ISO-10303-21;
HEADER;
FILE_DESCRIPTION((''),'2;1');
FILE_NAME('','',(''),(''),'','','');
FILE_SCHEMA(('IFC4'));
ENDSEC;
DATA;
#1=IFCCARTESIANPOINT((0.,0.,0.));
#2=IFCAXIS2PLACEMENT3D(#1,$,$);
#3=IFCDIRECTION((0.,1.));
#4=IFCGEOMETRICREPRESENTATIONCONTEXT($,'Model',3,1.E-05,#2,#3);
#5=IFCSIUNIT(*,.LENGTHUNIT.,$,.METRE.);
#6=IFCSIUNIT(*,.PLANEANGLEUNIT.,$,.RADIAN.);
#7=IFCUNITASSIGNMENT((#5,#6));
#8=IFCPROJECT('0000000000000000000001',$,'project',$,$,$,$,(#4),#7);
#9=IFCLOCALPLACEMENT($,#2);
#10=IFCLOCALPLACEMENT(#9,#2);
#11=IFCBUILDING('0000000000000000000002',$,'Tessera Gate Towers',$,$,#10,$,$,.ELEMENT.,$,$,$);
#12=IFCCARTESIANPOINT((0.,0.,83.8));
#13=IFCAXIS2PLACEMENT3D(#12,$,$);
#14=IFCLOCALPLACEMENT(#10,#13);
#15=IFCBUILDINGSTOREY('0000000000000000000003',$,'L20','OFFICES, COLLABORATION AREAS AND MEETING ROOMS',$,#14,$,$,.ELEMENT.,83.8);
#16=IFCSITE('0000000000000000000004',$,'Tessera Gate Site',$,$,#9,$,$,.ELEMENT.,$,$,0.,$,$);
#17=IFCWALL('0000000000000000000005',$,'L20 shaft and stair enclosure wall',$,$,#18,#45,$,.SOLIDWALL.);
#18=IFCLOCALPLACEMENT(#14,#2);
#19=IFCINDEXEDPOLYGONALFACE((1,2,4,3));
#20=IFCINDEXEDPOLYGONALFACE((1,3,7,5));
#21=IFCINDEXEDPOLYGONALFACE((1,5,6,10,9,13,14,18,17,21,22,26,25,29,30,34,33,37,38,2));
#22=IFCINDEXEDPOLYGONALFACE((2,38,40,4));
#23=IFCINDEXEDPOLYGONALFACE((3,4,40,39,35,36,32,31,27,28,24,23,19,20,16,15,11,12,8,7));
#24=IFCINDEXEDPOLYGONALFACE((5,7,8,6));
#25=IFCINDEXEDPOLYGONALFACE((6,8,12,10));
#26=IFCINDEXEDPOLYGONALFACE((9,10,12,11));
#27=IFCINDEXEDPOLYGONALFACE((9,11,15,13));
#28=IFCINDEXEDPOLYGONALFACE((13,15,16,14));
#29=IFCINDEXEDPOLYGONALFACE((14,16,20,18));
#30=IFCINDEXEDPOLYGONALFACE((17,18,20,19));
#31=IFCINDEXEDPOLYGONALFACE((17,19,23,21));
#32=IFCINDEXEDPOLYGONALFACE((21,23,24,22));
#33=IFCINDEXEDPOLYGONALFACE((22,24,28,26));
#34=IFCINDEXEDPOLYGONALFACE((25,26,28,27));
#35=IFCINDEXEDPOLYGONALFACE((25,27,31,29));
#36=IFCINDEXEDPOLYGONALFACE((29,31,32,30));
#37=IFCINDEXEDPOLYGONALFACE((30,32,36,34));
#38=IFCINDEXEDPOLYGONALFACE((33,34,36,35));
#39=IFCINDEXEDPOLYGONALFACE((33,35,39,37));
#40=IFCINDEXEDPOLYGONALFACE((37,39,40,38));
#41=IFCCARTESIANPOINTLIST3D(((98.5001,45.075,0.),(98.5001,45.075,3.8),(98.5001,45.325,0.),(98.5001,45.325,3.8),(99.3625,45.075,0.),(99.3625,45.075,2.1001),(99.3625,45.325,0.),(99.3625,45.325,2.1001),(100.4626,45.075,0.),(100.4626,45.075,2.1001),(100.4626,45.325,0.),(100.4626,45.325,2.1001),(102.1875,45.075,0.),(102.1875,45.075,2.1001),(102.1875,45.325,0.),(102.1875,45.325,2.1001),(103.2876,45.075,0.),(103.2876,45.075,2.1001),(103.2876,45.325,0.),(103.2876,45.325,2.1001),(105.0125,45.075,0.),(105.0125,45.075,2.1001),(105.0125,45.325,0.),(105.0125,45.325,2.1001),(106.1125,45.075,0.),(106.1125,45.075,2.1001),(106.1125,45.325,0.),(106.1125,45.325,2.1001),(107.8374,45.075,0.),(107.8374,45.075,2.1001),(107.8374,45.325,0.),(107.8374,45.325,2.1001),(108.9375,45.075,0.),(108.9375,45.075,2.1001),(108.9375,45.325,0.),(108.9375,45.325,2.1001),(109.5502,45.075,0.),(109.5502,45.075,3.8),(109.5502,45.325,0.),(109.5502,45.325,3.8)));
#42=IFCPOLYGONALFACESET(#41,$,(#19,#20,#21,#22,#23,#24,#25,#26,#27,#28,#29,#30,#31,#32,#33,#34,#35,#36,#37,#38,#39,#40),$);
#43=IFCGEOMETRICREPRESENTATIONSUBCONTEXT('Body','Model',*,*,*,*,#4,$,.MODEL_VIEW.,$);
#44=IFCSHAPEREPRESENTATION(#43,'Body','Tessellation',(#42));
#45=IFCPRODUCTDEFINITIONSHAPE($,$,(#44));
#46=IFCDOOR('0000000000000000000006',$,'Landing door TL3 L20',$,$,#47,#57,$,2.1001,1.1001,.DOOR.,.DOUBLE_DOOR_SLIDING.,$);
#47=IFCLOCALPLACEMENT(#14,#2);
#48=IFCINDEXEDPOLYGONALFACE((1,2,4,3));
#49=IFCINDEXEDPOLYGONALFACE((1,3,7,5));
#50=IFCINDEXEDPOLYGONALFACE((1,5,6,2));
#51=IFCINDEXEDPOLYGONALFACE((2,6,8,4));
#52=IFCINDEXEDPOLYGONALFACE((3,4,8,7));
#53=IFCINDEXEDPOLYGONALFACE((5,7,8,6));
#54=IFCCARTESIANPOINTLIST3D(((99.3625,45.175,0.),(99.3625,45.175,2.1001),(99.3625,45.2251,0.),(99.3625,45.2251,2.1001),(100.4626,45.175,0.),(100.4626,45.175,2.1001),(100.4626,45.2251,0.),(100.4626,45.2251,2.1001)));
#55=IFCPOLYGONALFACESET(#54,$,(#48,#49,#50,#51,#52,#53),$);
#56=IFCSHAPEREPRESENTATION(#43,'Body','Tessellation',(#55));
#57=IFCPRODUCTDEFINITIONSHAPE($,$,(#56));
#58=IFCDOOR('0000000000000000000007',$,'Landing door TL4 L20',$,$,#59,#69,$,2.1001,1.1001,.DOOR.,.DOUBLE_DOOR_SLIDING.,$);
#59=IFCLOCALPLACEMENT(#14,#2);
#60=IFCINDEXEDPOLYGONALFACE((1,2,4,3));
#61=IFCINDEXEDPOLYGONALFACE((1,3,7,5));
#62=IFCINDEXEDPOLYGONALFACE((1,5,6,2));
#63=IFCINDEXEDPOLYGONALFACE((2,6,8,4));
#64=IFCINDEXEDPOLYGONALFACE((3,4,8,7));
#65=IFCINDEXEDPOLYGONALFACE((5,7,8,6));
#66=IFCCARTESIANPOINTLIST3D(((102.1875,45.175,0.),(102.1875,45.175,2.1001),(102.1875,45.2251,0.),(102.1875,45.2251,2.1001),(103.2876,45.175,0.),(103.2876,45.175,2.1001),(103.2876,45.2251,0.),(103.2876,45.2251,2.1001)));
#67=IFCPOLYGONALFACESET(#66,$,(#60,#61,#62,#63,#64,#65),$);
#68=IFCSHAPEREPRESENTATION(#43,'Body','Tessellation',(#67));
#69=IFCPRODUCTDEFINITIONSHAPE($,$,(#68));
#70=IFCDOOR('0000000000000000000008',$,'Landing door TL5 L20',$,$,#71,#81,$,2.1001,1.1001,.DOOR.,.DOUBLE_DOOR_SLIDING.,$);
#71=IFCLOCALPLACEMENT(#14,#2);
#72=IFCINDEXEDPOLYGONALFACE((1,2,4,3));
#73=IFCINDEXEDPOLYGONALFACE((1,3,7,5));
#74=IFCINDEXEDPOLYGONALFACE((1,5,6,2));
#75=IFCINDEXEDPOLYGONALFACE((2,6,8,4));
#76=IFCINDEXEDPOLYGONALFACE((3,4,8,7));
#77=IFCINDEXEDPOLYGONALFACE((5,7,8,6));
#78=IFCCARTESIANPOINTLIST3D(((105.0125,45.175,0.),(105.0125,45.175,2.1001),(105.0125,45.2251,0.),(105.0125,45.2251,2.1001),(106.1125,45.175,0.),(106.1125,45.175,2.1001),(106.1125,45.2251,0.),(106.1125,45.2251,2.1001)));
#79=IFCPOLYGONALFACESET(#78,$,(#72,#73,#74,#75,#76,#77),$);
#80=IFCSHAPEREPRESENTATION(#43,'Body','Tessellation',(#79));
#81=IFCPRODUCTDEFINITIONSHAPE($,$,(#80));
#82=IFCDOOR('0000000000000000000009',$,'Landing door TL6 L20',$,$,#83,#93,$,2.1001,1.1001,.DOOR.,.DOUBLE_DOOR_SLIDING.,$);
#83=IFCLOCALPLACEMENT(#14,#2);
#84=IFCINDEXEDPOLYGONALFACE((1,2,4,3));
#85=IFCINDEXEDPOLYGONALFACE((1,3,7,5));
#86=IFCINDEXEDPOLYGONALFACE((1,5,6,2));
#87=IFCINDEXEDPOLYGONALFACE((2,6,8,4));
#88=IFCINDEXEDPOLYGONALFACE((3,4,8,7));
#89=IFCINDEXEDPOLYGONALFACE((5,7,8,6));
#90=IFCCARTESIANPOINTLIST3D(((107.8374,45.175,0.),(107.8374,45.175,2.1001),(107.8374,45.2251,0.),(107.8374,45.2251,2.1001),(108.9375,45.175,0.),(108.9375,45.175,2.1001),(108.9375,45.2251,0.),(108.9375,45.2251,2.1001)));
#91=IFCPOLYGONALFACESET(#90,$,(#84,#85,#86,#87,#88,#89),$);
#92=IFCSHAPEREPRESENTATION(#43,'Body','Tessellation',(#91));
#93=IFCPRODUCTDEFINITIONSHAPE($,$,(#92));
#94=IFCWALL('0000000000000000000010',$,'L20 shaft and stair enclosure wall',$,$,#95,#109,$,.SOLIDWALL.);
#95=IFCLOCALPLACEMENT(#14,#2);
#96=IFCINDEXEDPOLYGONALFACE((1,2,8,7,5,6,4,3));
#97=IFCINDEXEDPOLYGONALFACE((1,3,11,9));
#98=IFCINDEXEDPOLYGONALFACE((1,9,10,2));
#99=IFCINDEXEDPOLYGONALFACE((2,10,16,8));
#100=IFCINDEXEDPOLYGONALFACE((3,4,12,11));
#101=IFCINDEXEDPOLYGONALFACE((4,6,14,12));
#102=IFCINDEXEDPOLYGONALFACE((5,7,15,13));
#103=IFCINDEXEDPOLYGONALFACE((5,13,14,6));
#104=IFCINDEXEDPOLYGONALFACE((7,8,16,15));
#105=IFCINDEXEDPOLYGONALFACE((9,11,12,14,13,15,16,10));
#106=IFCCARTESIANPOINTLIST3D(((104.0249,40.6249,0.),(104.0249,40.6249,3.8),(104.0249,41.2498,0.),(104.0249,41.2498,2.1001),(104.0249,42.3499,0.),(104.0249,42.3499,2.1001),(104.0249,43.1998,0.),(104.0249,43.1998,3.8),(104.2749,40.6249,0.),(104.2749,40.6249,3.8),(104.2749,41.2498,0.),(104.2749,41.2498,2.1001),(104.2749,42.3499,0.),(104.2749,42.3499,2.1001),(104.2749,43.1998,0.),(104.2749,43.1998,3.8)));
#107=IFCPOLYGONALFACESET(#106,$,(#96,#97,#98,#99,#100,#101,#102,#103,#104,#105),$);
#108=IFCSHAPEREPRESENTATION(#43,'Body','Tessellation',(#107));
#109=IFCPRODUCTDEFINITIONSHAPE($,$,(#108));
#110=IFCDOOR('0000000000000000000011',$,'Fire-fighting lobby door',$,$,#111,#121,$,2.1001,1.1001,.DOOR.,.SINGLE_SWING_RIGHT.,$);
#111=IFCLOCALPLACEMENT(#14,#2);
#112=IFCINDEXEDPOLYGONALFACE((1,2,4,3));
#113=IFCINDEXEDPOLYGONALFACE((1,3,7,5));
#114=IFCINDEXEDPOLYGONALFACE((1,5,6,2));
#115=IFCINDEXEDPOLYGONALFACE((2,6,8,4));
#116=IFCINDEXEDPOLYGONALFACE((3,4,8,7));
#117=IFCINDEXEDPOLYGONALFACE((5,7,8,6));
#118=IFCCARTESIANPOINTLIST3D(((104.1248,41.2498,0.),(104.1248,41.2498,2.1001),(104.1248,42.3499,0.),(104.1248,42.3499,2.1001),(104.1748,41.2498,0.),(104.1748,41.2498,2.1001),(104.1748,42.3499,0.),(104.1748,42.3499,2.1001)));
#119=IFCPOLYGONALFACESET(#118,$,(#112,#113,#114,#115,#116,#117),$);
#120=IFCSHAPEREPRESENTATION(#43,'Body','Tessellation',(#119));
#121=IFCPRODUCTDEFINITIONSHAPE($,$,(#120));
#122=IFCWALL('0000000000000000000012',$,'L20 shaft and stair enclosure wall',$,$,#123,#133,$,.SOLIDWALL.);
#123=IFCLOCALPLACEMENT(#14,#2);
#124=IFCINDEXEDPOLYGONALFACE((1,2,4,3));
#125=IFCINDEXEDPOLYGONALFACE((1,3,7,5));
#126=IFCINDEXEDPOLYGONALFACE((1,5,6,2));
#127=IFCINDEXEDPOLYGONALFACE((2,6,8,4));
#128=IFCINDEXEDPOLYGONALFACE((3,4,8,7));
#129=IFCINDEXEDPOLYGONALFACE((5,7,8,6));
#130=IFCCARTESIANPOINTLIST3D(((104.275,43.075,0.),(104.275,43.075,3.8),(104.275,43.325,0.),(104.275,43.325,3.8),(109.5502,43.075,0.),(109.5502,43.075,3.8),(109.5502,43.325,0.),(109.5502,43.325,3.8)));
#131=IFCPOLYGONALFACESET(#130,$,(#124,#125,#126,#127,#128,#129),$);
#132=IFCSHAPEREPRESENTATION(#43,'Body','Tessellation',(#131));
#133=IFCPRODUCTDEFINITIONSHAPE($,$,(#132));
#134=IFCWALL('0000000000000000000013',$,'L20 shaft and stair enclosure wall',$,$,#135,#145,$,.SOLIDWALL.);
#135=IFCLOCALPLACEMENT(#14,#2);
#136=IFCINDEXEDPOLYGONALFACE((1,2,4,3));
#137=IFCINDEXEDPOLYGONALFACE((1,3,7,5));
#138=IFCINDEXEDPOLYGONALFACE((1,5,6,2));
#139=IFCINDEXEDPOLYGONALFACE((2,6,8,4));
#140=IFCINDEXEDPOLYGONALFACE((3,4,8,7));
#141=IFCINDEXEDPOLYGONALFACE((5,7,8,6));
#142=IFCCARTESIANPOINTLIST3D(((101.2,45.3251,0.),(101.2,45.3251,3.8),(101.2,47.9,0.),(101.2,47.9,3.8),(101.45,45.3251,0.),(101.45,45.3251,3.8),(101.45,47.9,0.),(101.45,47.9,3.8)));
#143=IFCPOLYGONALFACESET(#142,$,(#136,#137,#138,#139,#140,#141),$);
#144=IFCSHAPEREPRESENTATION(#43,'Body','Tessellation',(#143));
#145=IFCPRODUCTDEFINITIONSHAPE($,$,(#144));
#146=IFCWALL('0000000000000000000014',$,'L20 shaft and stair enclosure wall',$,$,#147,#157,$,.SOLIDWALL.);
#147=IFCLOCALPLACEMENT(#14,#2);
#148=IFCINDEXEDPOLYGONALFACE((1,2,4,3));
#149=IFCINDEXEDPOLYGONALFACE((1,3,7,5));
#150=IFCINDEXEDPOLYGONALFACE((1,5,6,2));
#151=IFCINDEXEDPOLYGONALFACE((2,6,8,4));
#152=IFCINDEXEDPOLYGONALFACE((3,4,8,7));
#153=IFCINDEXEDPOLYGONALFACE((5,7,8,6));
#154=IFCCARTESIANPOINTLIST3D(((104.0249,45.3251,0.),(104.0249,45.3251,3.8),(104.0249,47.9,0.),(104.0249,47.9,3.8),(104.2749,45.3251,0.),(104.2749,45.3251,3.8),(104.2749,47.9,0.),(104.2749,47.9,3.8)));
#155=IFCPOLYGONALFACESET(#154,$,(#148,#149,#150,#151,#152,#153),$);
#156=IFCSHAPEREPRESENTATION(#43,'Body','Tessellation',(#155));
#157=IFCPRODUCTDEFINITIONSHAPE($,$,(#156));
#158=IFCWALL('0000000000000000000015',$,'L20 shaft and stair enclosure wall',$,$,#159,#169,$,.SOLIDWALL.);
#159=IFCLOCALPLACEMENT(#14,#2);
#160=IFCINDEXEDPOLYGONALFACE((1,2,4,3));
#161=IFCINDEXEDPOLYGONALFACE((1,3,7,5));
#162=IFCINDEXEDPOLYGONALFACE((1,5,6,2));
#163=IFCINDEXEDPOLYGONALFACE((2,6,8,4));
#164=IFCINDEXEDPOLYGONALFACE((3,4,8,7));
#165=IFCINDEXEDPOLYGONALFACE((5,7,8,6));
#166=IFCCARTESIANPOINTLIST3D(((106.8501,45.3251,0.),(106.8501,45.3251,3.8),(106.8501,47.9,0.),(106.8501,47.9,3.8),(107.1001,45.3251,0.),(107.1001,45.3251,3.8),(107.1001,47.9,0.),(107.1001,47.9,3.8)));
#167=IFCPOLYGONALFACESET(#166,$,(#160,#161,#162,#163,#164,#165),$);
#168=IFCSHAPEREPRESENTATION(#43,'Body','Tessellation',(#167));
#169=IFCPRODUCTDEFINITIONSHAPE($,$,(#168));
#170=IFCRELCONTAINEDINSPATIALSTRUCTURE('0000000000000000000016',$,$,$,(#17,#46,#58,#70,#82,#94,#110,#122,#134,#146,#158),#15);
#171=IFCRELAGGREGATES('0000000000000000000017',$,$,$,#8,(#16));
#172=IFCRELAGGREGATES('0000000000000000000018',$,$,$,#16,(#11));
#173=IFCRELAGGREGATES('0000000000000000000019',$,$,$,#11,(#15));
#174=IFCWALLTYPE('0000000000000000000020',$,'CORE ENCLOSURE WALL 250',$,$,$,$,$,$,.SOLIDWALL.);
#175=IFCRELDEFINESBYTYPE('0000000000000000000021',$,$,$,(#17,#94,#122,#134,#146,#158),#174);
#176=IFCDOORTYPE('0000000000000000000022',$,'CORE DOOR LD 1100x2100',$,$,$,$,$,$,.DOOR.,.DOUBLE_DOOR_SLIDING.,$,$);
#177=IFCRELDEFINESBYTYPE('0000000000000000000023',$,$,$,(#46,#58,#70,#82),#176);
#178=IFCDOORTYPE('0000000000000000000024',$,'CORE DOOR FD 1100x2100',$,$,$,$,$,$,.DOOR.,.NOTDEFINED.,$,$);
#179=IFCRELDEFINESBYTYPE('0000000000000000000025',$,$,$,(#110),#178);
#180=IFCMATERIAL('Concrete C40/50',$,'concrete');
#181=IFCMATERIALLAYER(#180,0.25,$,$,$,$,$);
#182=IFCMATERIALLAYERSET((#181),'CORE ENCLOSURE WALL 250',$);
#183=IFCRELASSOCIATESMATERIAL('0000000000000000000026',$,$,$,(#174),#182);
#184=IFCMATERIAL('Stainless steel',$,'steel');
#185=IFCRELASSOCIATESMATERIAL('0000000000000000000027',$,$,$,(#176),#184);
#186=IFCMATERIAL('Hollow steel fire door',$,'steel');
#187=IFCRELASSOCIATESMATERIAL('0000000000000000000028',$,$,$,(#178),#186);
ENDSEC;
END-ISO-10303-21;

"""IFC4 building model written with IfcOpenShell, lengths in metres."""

from ifc_helpers import new_model, si_unit, direction, frame, frame_2d, origin, place, context, subcontext, project, spatial, rectangle, extrude, source, transform, mapped, material, layer, layer_set, type_object, element, fill, save


model = new_model("IFC4")

# Units and contexts
model_context = context("Model", 3, precision=1e-05, world=origin(), true_north=direction((0.0, 1.0)))
body_context = subcontext(model_context, "Body", "Model", "MODEL_VIEW")
ifc_project = project(units=[si_unit("LENGTHUNIT", "METRE"), si_unit("PLANEANGLEUNIT", "RADIAN")], contexts=[model_context])

# Site, building, storey
site_placement = place(None, origin())
site = spatial("IfcSite", under=ifc_project, at=site_placement, Name="Tessera Gate Site", CompositionType="ELEMENT", RefElevation=0.0)
building_placement = place(site_placement, origin())
building = spatial("IfcBuilding", under=site, at=building_placement, Name="Tessera Gate Towers", CompositionType="ELEMENT")
storey_placement = place(building_placement, frame((0.0, 0.0, 83.8)))
storey = spatial("IfcBuildingStorey", under=building, at=storey_placement, Name="L20", Description="OFFICES, COLLABORATION AREAS AND MEETING ROOMS", CompositionType="ELEMENT", Elevation=83.8)

# Wall, openings, doors
ifc_material_1 = material(Name="Concrete C40/50", Category="concrete")
ifc_layer_1 = layer(ifc_material_1, 0.25)
ifc_layer_set_1 = layer_set([ifc_layer_1], Name="CORE ENCLOSURE WALL 250")
wall_type_1 = type_object("IfcWallType", Name="CORE ENCLOSURE WALL 250", PredefinedType="SOLIDWALL", material=ifc_layer_set_1)
shared_shape_1 = source(origin(), body_context, "Body", "SweptSolid", [
    extrude(rectangle(XDim=1.1001, YDim=2.1001, at=frame_2d((0.55, 1.05))), frame((0.0, 0.135, 0.0), z_axis=(0.0, -1.0, 0.0), x_axis=(1.0, 0.0, 0.0)), (0.0, 0.0, 1.0), 0.27),
])
ifc_material_2 = material(Name="Stainless steel", Category="steel")
door_type_1 = type_object("IfcDoorType", Name="CORE DOOR LD 1100x2100", OperationType="DOUBLE_DOOR_SLIDING", PredefinedType="DOOR", material=ifc_material_2)
shared_shape_2 = source(origin(), body_context, "Body", "SweptSolid", [
    extrude(rectangle(XDim=1.1001, YDim=2.1001, at=frame_2d((0.55, 1.05))), frame((0.0, 0.0249, 0.0), z_axis=(0.0, -1.0, 0.0), x_axis=(1.0, 0.0, 0.0)), (0.0, 0.0, 1.0), 0.05),
])
wall_1_placement = place(storey_placement, frame((109.55, 45.2, 0.0), z_axis=(0.0, 0.0, 1.0), x_axis=(-1.0, 0.0, 0.0)))
wall_1 = element("IfcWall", 1, at=wall_1_placement, inside=storey, type_object=wall_type_1, Name="L20 shaft and stair enclosure wall", PredefinedType="SOLIDWALL", context=body_context, shape_type="SweptSolid", body=[
    extrude(rectangle(XDim=11.05, YDim=0.25, at=frame_2d((5.5249, 0.0))), origin(), (0.0, 0.0, 1.0), 3.8),
])
opening_1_placement = place(wall_1_placement, frame((9.0874, 0.0, 0.0)))
opening_1 = element("IfcOpeningElement", 2, at=opening_1_placement, cuts=wall_1, PredefinedType="OPENING", context=body_context, shape_type="MappedRepresentation", body=[
    mapped(shared_shape_1, transform((0.0, 0.0, 0.0), scale=1.0)),
])
opening_2_placement = place(wall_1_placement, frame((6.2625, 0.0, 0.0)))
opening_2 = element("IfcOpeningElement", 3, at=opening_2_placement, cuts=wall_1, PredefinedType="OPENING", context=body_context, shape_type="MappedRepresentation", body=[
    mapped(shared_shape_1, transform((0.0, 0.0, 0.0), scale=1.0)),
])
opening_3_placement = place(wall_1_placement, frame((3.4375, 0.0, 0.0)))
opening_3 = element("IfcOpeningElement", 4, at=opening_3_placement, cuts=wall_1, PredefinedType="OPENING", context=body_context, shape_type="MappedRepresentation", body=[
    mapped(shared_shape_1, transform((0.0, 0.0, 0.0), scale=1.0)),
])
opening_4_placement = place(wall_1_placement, frame((0.6125, 0.0, 0.0)))
opening_4 = element("IfcOpeningElement", 5, at=opening_4_placement, cuts=wall_1, PredefinedType="OPENING", context=body_context, shape_type="MappedRepresentation", body=[
    mapped(shared_shape_1, transform((0.0, 0.0, 0.0), scale=1.0)),
])
door_1_placement = place(opening_1_placement, origin())
door_1 = element("IfcDoor", 6, at=door_1_placement, inside=storey, type_object=door_type_1, Name="Landing door TL3 L20", OperationType="DOUBLE_DOOR_SLIDING", OverallHeight=2.1001, OverallWidth=1.1001, PredefinedType="DOOR", context=body_context, shape_type="MappedRepresentation", body=[
    mapped(shared_shape_2, transform((0.0, 0.0, 0.0), scale=1.0)),
])
fill(opening_1, door_1)
door_2_placement = place(opening_2_placement, origin())
door_2 = element("IfcDoor", 7, at=door_2_placement, inside=storey, type_object=door_type_1, Name="Landing door TL4 L20", OperationType="DOUBLE_DOOR_SLIDING", OverallHeight=2.1001, OverallWidth=1.1001, PredefinedType="DOOR", context=body_context, shape_type="MappedRepresentation", body=[
    mapped(shared_shape_2, transform((0.0, 0.0, 0.0), scale=1.0)),
])
fill(opening_2, door_2)
door_3_placement = place(opening_3_placement, origin())
door_3 = element("IfcDoor", 8, at=door_3_placement, inside=storey, type_object=door_type_1, Name="Landing door TL5 L20", OperationType="DOUBLE_DOOR_SLIDING", OverallHeight=2.1001, OverallWidth=1.1001, PredefinedType="DOOR", context=body_context, shape_type="MappedRepresentation", body=[
    mapped(shared_shape_2, transform((0.0, 0.0, 0.0), scale=1.0)),
])
fill(opening_3, door_3)
door_4_placement = place(opening_4_placement, origin())
door_4 = element("IfcDoor", 9, at=door_4_placement, inside=storey, type_object=door_type_1, Name="Landing door TL6 L20", OperationType="DOUBLE_DOOR_SLIDING", OverallHeight=2.1001, OverallWidth=1.1001, PredefinedType="DOOR", context=body_context, shape_type="MappedRepresentation", body=[
    mapped(shared_shape_2, transform((0.0, 0.0, 0.0), scale=1.0)),
])
fill(opening_4, door_4)

# Wall, opening, door
wall_2_placement = place(storey_placement, frame((104.1499, 43.2, 0.0), z_axis=(0.0, 0.0, 1.0), x_axis=(0.0, -1.0, 0.0)))
wall_2 = element("IfcWall", 10, at=wall_2_placement, inside=storey, type_object=wall_type_1, Name="L20 shaft and stair enclosure wall", PredefinedType="SOLIDWALL", context=body_context, shape_type="SweptSolid", body=[
    extrude(rectangle(XDim=2.575, YDim=0.25, at=frame_2d((1.2876, 0.0))), origin(), (0.0, 0.0, 1.0), 3.8),
])
opening_5_placement = place(wall_2_placement, frame((0.8501, 0.0, 0.0)))
opening_5 = element("IfcOpeningElement", 11, at=opening_5_placement, cuts=wall_2, PredefinedType="OPENING", context=body_context, shape_type="MappedRepresentation", body=[
    mapped(shared_shape_1, transform((0.0, 0.0, 0.0), scale=1.0)),
])
ifc_material_3 = material(Name="Hollow steel fire door", Category="steel")
door_type_2 = type_object("IfcDoorType", Name="CORE DOOR FD 1100x2100", OperationType="NOTDEFINED", PredefinedType="DOOR", material=ifc_material_3)
door_5_placement = place(opening_5_placement, origin())
door_5 = element("IfcDoor", 12, at=door_5_placement, inside=storey, type_object=door_type_2, Name="Fire-fighting lobby door", OperationType="SINGLE_SWING_RIGHT", OverallHeight=2.1001, OverallWidth=1.1001, PredefinedType="DOOR", context=body_context, shape_type="MappedRepresentation", body=[
    mapped(shared_shape_2, transform((0.0, 0.0, 0.0), scale=1.0)),
])
fill(opening_5, door_5)

# Walls
wall_3_placement = place(storey_placement, frame((104.2749, 43.2, 0.0), z_axis=(0.0, 0.0, 1.0), x_axis=(1.0, 0.0, 0.0)))
element("IfcWall", 13, at=wall_3_placement, inside=storey, type_object=wall_type_1, Name="L20 shaft and stair enclosure wall", PredefinedType="SOLIDWALL", context=body_context, shape_type="SweptSolid", body=[
    extrude(rectangle(XDim=5.2751, YDim=0.25, at=frame_2d((2.6377, 0.0))), origin(), (0.0, 0.0, 1.0), 3.8),
])
for number, where, z_axis, x_axis, name in (
    (14, (101.325, 45.325, 0.0), (0.0, 0.0, 1.0), (0.0, 1.0, 0.0), "L20 shaft and stair enclosure wall"),
    (15, (104.1499, 45.325, 0.0), (0.0, 0.0, 1.0), (0.0, 1.0, 0.0), "L20 shaft and stair enclosure wall"),
    (16, (106.9751, 45.325, 0.0), (0.0, 0.0, 1.0), (0.0, 1.0, 0.0), "L20 shaft and stair enclosure wall"),
):
    element("IfcWall", number, at=place(storey_placement, frame(where, z_axis=z_axis, x_axis=x_axis)), inside=storey, type_object=wall_type_1, Name=name, PredefinedType="SOLIDWALL", context=body_context, shape_type="SweptSolid", body=[
        extrude(rectangle(XDim=2.575, YDim=0.25, at=frame_2d((1.2876, 0.0))), origin(), (0.0, 0.0, 1.0), 3.8),
    ])

save(model, "model.ifc")
